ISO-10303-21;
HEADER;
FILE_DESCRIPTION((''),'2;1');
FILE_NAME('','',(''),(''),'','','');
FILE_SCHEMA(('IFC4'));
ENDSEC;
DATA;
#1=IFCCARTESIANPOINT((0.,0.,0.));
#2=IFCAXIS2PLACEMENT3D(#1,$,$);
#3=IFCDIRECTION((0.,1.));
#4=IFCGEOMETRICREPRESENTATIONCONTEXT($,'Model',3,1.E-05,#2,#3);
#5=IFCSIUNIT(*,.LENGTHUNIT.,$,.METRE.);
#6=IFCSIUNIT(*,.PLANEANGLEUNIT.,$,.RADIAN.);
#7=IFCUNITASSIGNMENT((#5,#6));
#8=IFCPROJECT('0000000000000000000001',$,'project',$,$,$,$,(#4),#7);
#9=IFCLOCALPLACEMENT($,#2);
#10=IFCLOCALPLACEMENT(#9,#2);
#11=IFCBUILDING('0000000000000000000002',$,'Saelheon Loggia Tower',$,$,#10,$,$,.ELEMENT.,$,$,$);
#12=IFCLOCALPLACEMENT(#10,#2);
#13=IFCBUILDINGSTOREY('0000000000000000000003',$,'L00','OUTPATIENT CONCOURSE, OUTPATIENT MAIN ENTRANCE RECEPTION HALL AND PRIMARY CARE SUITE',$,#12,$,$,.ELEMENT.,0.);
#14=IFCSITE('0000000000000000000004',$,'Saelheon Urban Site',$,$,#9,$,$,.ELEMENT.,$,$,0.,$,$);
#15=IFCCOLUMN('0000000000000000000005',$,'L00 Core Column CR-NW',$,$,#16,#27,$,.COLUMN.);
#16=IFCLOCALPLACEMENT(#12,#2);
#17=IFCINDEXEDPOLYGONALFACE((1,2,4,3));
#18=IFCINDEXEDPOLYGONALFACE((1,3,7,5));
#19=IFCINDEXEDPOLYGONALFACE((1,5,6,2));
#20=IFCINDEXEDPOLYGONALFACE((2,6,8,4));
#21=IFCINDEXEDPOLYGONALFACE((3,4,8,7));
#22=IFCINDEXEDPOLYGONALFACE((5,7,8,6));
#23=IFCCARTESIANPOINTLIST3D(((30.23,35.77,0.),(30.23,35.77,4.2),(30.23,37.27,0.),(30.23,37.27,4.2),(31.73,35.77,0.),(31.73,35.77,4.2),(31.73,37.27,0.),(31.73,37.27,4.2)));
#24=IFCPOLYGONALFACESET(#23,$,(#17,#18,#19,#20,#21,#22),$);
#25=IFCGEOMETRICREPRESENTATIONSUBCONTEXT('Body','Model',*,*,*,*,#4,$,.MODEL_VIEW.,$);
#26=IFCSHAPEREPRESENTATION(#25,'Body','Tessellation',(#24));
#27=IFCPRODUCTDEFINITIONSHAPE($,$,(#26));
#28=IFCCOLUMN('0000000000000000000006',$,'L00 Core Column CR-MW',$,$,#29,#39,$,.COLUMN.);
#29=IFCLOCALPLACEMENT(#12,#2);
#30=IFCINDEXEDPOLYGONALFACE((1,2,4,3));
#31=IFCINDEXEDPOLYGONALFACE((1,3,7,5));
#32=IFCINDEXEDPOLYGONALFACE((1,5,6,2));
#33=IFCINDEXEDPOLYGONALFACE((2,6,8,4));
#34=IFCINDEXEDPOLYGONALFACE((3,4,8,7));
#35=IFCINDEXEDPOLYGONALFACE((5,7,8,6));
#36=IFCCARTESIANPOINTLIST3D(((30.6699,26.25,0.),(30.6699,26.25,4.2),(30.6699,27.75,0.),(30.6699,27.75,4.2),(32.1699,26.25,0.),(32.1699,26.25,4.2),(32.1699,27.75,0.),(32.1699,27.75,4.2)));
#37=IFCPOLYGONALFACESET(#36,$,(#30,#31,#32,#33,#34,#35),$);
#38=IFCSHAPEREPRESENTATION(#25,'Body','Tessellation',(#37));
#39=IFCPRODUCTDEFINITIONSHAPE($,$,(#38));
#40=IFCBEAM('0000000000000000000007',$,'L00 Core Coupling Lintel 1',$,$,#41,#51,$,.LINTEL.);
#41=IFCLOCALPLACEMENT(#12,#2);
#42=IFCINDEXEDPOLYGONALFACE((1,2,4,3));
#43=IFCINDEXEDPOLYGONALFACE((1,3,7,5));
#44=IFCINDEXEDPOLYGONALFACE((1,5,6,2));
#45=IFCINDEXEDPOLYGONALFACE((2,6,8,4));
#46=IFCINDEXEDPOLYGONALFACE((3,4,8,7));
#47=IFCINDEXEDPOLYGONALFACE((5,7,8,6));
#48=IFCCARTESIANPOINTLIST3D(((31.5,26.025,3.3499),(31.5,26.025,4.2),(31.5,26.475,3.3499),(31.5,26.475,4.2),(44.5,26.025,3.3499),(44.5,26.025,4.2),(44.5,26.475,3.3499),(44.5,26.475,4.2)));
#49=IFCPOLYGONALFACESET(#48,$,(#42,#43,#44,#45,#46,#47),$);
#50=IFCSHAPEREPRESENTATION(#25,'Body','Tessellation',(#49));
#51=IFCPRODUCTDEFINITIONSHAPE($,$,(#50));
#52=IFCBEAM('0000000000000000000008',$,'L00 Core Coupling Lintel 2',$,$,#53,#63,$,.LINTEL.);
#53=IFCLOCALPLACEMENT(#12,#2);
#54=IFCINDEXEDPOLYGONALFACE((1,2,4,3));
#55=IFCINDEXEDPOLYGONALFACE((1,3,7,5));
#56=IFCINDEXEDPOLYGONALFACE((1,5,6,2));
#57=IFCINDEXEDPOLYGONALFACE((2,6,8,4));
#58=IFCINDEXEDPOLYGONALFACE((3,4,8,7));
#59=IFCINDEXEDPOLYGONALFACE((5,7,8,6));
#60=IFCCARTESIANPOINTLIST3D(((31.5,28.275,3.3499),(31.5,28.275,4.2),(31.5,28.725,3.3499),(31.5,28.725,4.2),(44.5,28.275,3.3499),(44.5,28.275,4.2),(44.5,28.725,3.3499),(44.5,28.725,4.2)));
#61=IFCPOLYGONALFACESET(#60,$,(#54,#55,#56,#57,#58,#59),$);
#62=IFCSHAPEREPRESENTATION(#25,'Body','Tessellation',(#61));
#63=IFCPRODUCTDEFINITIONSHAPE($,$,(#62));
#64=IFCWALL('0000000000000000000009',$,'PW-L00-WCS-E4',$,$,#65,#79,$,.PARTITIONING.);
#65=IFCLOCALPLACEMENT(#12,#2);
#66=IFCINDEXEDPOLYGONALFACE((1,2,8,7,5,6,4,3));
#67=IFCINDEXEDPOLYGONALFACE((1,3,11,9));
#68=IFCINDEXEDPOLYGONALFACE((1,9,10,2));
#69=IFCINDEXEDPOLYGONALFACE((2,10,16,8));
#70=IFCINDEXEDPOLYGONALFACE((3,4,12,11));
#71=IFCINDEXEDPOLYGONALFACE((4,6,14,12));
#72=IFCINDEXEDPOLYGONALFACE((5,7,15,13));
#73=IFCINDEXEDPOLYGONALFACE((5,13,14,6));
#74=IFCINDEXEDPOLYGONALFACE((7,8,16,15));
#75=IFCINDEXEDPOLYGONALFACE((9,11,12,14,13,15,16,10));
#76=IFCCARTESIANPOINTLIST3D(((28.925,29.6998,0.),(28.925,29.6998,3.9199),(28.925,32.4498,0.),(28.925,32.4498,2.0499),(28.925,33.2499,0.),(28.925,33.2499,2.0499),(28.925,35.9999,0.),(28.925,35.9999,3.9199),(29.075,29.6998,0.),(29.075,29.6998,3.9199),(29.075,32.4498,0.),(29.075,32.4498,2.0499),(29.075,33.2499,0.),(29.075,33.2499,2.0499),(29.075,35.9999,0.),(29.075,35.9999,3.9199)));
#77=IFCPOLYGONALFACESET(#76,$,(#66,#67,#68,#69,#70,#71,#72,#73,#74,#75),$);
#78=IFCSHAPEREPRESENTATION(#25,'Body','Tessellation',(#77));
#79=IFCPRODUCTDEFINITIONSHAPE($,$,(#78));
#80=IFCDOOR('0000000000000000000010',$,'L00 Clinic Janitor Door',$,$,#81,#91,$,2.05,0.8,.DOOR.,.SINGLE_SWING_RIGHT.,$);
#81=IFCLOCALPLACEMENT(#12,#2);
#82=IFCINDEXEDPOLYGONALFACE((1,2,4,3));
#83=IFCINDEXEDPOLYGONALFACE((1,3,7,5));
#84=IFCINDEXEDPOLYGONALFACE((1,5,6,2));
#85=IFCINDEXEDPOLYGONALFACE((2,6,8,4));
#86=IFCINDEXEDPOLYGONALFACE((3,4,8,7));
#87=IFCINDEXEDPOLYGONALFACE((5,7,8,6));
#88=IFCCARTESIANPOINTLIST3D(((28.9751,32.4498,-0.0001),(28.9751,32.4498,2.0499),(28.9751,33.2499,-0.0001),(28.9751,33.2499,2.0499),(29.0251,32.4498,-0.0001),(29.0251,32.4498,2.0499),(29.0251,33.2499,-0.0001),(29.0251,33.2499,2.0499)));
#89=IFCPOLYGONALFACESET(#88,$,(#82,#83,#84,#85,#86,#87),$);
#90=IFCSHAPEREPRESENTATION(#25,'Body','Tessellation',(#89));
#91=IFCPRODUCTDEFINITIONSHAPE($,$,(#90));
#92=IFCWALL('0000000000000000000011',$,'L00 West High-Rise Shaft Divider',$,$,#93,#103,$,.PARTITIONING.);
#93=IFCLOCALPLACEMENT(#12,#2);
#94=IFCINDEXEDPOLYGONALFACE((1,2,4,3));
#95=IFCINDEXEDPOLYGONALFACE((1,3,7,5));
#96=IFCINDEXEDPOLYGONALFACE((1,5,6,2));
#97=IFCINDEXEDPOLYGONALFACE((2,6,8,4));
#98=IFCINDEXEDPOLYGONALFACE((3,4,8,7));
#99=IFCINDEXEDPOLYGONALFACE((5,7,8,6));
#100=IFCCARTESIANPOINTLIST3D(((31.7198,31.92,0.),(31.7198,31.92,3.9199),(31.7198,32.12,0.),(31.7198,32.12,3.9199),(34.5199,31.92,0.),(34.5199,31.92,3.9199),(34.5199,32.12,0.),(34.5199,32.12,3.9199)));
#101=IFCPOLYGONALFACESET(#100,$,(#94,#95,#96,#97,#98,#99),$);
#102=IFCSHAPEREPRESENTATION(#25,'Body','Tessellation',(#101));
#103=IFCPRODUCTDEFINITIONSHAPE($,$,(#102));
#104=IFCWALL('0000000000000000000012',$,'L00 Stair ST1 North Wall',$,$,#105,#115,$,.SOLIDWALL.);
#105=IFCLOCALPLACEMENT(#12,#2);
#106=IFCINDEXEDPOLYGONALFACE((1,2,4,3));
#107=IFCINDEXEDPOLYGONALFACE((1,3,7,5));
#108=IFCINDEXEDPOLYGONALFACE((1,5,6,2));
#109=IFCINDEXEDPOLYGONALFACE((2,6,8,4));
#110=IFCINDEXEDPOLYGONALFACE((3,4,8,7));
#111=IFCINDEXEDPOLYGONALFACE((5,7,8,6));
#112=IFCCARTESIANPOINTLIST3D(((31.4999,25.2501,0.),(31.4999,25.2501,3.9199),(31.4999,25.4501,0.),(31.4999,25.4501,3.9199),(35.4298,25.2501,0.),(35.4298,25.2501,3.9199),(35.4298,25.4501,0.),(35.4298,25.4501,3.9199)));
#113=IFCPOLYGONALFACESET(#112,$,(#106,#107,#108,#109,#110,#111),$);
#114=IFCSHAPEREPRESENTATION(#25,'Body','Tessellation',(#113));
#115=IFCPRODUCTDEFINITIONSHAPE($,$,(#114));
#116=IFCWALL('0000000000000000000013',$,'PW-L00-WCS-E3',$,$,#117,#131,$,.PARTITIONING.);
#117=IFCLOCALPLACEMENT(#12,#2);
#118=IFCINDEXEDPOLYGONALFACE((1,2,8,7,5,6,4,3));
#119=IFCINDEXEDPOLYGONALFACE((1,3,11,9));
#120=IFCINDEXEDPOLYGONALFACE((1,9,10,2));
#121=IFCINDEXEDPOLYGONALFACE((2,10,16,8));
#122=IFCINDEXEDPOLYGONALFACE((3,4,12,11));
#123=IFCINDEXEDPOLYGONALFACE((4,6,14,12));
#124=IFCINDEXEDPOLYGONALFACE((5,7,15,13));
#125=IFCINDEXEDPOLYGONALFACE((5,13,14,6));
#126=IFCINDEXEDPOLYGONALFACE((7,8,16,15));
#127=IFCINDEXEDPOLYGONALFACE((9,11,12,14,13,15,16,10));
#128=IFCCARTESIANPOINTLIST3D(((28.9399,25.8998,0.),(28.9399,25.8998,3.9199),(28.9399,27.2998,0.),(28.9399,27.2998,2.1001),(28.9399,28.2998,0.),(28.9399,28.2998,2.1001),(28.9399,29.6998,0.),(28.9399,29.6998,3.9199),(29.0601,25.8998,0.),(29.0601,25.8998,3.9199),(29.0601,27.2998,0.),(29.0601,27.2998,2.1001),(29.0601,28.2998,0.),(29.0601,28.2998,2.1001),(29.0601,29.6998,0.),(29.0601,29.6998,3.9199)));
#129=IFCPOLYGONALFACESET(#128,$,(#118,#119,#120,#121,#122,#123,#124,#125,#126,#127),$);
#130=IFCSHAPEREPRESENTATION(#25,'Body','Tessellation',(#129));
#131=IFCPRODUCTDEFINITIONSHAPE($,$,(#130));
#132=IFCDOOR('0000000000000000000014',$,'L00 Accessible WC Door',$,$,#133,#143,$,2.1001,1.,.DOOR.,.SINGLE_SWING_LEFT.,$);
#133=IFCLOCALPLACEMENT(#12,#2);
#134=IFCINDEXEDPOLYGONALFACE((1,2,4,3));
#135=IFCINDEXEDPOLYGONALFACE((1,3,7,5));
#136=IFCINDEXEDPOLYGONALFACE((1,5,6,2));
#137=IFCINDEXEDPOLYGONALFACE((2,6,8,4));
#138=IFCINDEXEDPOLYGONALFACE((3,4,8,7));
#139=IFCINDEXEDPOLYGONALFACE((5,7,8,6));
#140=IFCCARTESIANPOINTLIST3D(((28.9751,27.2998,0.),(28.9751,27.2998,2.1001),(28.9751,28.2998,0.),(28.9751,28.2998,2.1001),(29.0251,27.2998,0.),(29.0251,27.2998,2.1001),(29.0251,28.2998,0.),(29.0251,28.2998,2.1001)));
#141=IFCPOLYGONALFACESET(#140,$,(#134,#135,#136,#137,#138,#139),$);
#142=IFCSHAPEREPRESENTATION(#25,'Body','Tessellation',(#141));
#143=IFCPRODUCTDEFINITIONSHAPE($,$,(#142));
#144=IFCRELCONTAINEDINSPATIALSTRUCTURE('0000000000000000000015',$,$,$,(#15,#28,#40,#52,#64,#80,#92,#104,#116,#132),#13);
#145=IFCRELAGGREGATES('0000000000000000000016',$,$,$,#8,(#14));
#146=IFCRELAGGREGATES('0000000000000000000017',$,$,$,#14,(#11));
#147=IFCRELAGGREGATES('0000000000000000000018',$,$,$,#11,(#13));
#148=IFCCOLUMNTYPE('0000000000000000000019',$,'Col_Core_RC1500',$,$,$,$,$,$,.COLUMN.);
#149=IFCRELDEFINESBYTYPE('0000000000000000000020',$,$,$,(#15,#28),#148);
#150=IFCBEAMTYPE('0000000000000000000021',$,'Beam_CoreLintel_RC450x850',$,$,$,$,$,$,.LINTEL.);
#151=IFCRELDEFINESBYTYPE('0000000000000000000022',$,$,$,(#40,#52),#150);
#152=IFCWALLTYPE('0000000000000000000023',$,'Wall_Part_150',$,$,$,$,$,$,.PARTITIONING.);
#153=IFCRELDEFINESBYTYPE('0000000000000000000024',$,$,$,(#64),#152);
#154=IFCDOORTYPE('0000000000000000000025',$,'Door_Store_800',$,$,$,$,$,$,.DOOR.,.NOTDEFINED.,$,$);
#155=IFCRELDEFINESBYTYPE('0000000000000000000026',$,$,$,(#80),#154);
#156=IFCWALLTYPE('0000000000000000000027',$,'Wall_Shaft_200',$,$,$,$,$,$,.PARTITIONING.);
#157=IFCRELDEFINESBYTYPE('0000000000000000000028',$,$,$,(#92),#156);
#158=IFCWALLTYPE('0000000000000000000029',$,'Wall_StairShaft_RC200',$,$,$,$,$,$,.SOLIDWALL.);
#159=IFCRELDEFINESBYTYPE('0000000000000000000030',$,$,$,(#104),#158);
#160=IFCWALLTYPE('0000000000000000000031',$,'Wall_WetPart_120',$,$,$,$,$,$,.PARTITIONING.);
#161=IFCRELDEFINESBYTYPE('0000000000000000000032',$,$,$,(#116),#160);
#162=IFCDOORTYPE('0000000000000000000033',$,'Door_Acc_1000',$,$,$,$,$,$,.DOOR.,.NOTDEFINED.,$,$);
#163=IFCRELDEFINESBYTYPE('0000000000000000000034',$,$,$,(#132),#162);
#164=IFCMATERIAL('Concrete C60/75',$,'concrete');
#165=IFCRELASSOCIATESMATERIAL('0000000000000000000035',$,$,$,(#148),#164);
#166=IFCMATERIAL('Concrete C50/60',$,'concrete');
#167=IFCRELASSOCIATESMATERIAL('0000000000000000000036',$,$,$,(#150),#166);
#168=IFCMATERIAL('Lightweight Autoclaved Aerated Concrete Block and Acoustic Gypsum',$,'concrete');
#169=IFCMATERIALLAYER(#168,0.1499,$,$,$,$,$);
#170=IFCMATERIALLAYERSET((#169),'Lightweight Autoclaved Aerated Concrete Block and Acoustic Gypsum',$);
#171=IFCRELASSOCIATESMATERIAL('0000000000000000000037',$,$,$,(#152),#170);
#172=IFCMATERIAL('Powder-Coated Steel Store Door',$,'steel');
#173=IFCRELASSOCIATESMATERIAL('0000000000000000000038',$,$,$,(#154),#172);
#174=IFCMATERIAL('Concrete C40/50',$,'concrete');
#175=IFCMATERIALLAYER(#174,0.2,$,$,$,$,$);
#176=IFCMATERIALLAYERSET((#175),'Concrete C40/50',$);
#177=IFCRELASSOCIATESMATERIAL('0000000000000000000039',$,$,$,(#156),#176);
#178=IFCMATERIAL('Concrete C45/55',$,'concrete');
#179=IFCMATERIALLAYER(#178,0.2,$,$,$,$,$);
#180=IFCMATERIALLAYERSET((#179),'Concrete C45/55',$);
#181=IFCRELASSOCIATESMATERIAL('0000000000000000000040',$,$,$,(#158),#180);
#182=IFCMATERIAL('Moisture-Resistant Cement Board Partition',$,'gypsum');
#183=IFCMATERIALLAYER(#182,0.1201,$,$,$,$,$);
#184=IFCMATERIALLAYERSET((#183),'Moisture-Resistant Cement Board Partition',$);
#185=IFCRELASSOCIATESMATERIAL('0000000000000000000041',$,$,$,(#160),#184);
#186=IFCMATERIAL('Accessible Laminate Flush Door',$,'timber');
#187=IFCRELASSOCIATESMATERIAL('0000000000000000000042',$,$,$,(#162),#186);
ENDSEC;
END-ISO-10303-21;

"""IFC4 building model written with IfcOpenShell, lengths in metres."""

from ifc_helpers import new_model, si_unit, direction, frame, frame_2d, origin, origin_2d, place, context, subcontext, project, spatial, rectangle, extrude, source, transform, mapped, material, layer, layer_set, material_profile, profile_set, type_object, element, fill, save


model = new_model("IFC4")

# Units and contexts
model_context = context("Model", 3, precision=1e-05, world=origin(), true_north=direction((0.0, 1.0)))
body_context = subcontext(model_context, "Body", "Model", "MODEL_VIEW")
ifc_project = project(units=[si_unit("LENGTHUNIT", "METRE"), si_unit("PLANEANGLEUNIT", "RADIAN")], contexts=[model_context])

# Site, building, storey
site_placement = place(None, origin())
site = spatial("IfcSite", under=ifc_project, at=site_placement, Name="Saelheon Urban Site", CompositionType="ELEMENT", RefElevation=0.0)
building_placement = place(site_placement, origin())
building = spatial("IfcBuilding", under=site, at=building_placement, Name="Saelheon Loggia Tower", CompositionType="ELEMENT")
storey_placement = place(building_placement, origin())
storey = spatial("IfcBuildingStorey", under=building, at=storey_placement, Name="L00", Description="OUTPATIENT CONCOURSE, OUTPATIENT MAIN ENTRANCE RECEPTION HALL AND PRIMARY CARE SUITE", CompositionType="ELEMENT", Elevation=0.0)

# Columns
ifc_material_1 = material(Name="Concrete C60/75", Category="concrete")
ifc_material_profile_1 = material_profile(ifc_material_1, rectangle(XDim=1.5, YDim=1.5, at=origin_2d()), Name="RC-1500x1500")
ifc_profile_set_1 = profile_set([ifc_material_profile_1], Name="Concrete C60/75")
column_type = type_object("IfcColumnType", Name="Col_Core_RC1500", PredefinedType="COLUMN", material=ifc_profile_set_1)
shared_shape_1 = source(origin(), body_context, "Body", "SweptSolid", [
    extrude(rectangle(XDim=1.5, YDim=1.5, at=origin_2d()), origin(), (0.0, 0.0, 1.0), 4.2),
])
for number, where, z_axis, x_axis, name in (
    (1, (30.98, 36.52, 0.0), (0.0, 0.0, 1.0), (1.0, 0.0, 0.0), "L00 Core Column CR-NW"),
    (2, (31.4199, 27.0, 0.0), (0.0, 0.0, 1.0), (1.0, 0.0, 0.0), "L00 Core Column CR-MW"),
):
    element("IfcColumn", number, at=place(storey_placement, frame(where, z_axis=z_axis, x_axis=x_axis)), inside=storey, type_object=column_type, Name=name, PredefinedType="COLUMN", context=body_context, shape_type="MappedRepresentation", body=[
        mapped(shared_shape_1, transform((0.0, 0.0, 0.0), scale=1.0)),
    ])

# Beams
ifc_material_2 = material(Name="Concrete C50/60", Category="concrete")
ifc_material_profile_2 = material_profile(ifc_material_2, rectangle(XDim=0.45, YDim=0.8501, at=origin_2d()), Name="RC-450x850")
ifc_profile_set_2 = profile_set([ifc_material_profile_2], Name="Concrete C50/60")
beam_type = type_object("IfcBeamType", Name="Beam_CoreLintel_RC450x850", PredefinedType="LINTEL", material=ifc_profile_set_2)
shared_shape_2 = source(origin(), body_context, "Body", "SweptSolid", [
    extrude(rectangle(XDim=0.45, YDim=0.8501, at=origin_2d()), origin(), (0.0, 0.0, 1.0), 13.0),
])
for number, where, z_axis, x_axis, name in (
    (3, (31.5, 26.25, 3.7749), (1.0, 0.0, 0.0), (0.0, 1.0, 0.0), "L00 Core Coupling Lintel 1"),
    (4, (31.5, 28.5, 3.7749), (1.0, 0.0, 0.0), (0.0, 1.0, 0.0), "L00 Core Coupling Lintel 2"),
):
    element("IfcBeam", number, at=place(storey_placement, frame(where, z_axis=z_axis, x_axis=x_axis)), inside=storey, type_object=beam_type, Name=name, PredefinedType="LINTEL", context=body_context, shape_type="MappedRepresentation", body=[
        mapped(shared_shape_2, transform((0.0, 0.0, 0.0), scale=1.0)),
    ])

# Wall, opening, door
ifc_material_3 = material(Name="Lightweight Autoclaved Aerated Concrete Block and Acoustic Gypsum", Category="concrete")
ifc_layer_1 = layer(ifc_material_3, 0.1499)
ifc_layer_set_1 = layer_set([ifc_layer_1], Name="Lightweight Autoclaved Aerated Concrete Block and Acoustic Gypsum")
wall_type_1 = type_object("IfcWallType", Name="Wall_Part_150", PredefinedType="PARTITIONING", material=ifc_layer_set_1)
wall_1_placement = place(storey_placement, frame((29.0, 29.7, 0.0), z_axis=(0.0, 0.0, 1.0), x_axis=(0.0, 1.0, 0.0)))
wall_1 = element("IfcWall", 5, at=wall_1_placement, inside=storey, type_object=wall_type_1, Name="PW-L00-WCS-E4", PredefinedType="PARTITIONING", context=body_context, shape_type="SweptSolid", body=[
    extrude(rectangle(XDim=6.3, YDim=0.1499, at=frame_2d((3.1499, 0.0))), origin(), (0.0, 0.0, 1.0), 3.9199),
])
opening_1_placement = place(wall_1_placement, frame((2.75, 0.0, 0.0)))
opening_1 = element("IfcOpeningElement", 6, at=opening_1_placement, cuts=wall_1, PredefinedType="OPENING", context=body_context, shape_type="SweptSolid", body=[
    extrude(rectangle(XDim=0.8, YDim=2.05, at=frame_2d((0.3999, 1.0249))), frame((0.0, 0.0869, 0.0), z_axis=(0.0, -1.0, 0.0), x_axis=(1.0, 0.0, 0.0)), (0.0, 0.0, 1.0), 0.1738),
])
ifc_material_4 = material(Name="Powder-Coated Steel Store Door", Category="steel")
door_type_1 = type_object("IfcDoorType", Name="Door_Store_800", OperationType="NOTDEFINED", PredefinedType="DOOR", material=ifc_material_4)
shared_shape_3 = source(origin(), body_context, "Body", "SweptSolid", [
    extrude(rectangle(XDim=0.8, YDim=2.05, at=frame_2d((0.3999, 1.0249))), frame((0.0, 0.0249, 0.0), z_axis=(0.0, -1.0, 0.0), x_axis=(1.0, 0.0, 0.0)), (0.0, 0.0, 1.0), 0.05),
])
door_1_placement = place(opening_1_placement, origin())
door_1 = element("IfcDoor", 7, at=door_1_placement, inside=storey, type_object=door_type_1, Name="L00 Clinic Janitor Door", OperationType="SINGLE_SWING_RIGHT", OverallHeight=2.05, OverallWidth=0.8, PredefinedType="DOOR", context=body_context, shape_type="MappedRepresentation", body=[
    mapped(shared_shape_3, transform((0.0, 0.0, 0.0), scale=1.0)),
])
fill(opening_1, door_1)

# Shared definitions
ifc_material_5 = material(Name="Concrete C40/50", Category="concrete")
ifc_layer_2 = layer(ifc_material_5, 0.2)
ifc_layer_set_2 = layer_set([ifc_layer_2], Name="Concrete C40/50")
wall_type_2 = type_object("IfcWallType", Name="Wall_Shaft_200", PredefinedType="PARTITIONING", material=ifc_layer_set_2)

# Walls
wall_2_placement = place(storey_placement, frame((31.72, 32.02, 0.0), z_axis=(0.0, 0.0, 1.0), x_axis=(1.0, 0.0, 0.0)))
element("IfcWall", 8, at=wall_2_placement, inside=storey, type_object=wall_type_2, Name="L00 West High-Rise Shaft Divider", PredefinedType="PARTITIONING", context=body_context, shape_type="SweptSolid", body=[
    extrude(rectangle(XDim=2.8, YDim=0.2, at=frame_2d((1.3999, 0.0))), origin(), (0.0, 0.0, 1.0), 3.9199),
])
ifc_material_6 = material(Name="Concrete C45/55", Category="concrete")
ifc_layer_3 = layer(ifc_material_6, 0.2)
ifc_layer_set_3 = layer_set([ifc_layer_3], Name="Concrete C45/55")
wall_type_3 = type_object("IfcWallType", Name="Wall_StairShaft_RC200", PredefinedType="SOLIDWALL", material=ifc_layer_set_3)
wall_3_placement = place(storey_placement, frame((31.5, 25.3501, 0.0), z_axis=(0.0, 0.0, 1.0), x_axis=(1.0, 0.0, 0.0)))
element("IfcWall", 9, at=wall_3_placement, inside=storey, type_object=wall_type_3, Name="L00 Stair ST1 North Wall", PredefinedType="SOLIDWALL", context=body_context, shape_type="SweptSolid", body=[
    extrude(rectangle(XDim=3.9299, YDim=0.2, at=frame_2d((1.9648, 0.0))), origin(), (0.0, 0.0, 1.0), 3.9199),
])

# Wall, opening, door
ifc_material_7 = material(Name="Moisture-Resistant Cement Board Partition", Category="gypsum")
ifc_layer_4 = layer(ifc_material_7, 0.1201)
ifc_layer_set_4 = layer_set([ifc_layer_4], Name="Moisture-Resistant Cement Board Partition")
wall_type_4 = type_object("IfcWallType", Name="Wall_WetPart_120", PredefinedType="PARTITIONING", material=ifc_layer_set_4)
wall_4_placement = place(storey_placement, frame((29.0, 25.8999, 0.0), z_axis=(0.0, 0.0, 1.0), x_axis=(0.0, 1.0, 0.0)))
wall_4 = element("IfcWall", 10, at=wall_4_placement, inside=storey, type_object=wall_type_4, Name="PW-L00-WCS-E3", PredefinedType="PARTITIONING", context=body_context, shape_type="SweptSolid", body=[
    extrude(rectangle(XDim=3.8, YDim=0.1201, at=frame_2d((1.8999, 0.0))), origin(), (0.0, 0.0, 1.0), 3.9199),
])
opening_2_placement = place(wall_4_placement, frame((1.3999, 0.0, 0.0)))
opening_2 = element("IfcOpeningElement", 11, at=opening_2_placement, cuts=wall_4, PredefinedType="OPENING", context=body_context, shape_type="SweptSolid", body=[
    extrude(rectangle(XDim=1.0, YDim=2.1001, at=frame_2d((0.5, 1.05))), frame((0.0, 0.072, 0.0), z_axis=(0.0, -1.0, 0.0), x_axis=(1.0, 0.0, 0.0)), (0.0, 0.0, 1.0), 0.144),
])
ifc_material_8 = material(Name="Accessible Laminate Flush Door", Category="timber")
door_type_2 = type_object("IfcDoorType", Name="Door_Acc_1000", OperationType="NOTDEFINED", PredefinedType="DOOR", material=ifc_material_8)
shared_shape_4 = source(origin(), body_context, "Body", "SweptSolid", [
    extrude(rectangle(XDim=1.0, YDim=2.1001, at=frame_2d((0.5, 1.05))), frame((0.0, 0.0249, 0.0), z_axis=(0.0, -1.0, 0.0), x_axis=(1.0, 0.0, 0.0)), (0.0, 0.0, 1.0), 0.05),
])
door_2_placement = place(opening_2_placement, origin())
door_2 = element("IfcDoor", 12, at=door_2_placement, inside=storey, type_object=door_type_2, Name="L00 Accessible WC Door", OperationType="SINGLE_SWING_LEFT", OverallHeight=2.1001, OverallWidth=1.0, PredefinedType="DOOR", context=body_context, shape_type="MappedRepresentation", body=[
    mapped(shared_shape_4, transform((0.0, 0.0, 0.0), scale=1.0)),
])
fill(opening_2, door_2)

save(model, "model.ifc")
